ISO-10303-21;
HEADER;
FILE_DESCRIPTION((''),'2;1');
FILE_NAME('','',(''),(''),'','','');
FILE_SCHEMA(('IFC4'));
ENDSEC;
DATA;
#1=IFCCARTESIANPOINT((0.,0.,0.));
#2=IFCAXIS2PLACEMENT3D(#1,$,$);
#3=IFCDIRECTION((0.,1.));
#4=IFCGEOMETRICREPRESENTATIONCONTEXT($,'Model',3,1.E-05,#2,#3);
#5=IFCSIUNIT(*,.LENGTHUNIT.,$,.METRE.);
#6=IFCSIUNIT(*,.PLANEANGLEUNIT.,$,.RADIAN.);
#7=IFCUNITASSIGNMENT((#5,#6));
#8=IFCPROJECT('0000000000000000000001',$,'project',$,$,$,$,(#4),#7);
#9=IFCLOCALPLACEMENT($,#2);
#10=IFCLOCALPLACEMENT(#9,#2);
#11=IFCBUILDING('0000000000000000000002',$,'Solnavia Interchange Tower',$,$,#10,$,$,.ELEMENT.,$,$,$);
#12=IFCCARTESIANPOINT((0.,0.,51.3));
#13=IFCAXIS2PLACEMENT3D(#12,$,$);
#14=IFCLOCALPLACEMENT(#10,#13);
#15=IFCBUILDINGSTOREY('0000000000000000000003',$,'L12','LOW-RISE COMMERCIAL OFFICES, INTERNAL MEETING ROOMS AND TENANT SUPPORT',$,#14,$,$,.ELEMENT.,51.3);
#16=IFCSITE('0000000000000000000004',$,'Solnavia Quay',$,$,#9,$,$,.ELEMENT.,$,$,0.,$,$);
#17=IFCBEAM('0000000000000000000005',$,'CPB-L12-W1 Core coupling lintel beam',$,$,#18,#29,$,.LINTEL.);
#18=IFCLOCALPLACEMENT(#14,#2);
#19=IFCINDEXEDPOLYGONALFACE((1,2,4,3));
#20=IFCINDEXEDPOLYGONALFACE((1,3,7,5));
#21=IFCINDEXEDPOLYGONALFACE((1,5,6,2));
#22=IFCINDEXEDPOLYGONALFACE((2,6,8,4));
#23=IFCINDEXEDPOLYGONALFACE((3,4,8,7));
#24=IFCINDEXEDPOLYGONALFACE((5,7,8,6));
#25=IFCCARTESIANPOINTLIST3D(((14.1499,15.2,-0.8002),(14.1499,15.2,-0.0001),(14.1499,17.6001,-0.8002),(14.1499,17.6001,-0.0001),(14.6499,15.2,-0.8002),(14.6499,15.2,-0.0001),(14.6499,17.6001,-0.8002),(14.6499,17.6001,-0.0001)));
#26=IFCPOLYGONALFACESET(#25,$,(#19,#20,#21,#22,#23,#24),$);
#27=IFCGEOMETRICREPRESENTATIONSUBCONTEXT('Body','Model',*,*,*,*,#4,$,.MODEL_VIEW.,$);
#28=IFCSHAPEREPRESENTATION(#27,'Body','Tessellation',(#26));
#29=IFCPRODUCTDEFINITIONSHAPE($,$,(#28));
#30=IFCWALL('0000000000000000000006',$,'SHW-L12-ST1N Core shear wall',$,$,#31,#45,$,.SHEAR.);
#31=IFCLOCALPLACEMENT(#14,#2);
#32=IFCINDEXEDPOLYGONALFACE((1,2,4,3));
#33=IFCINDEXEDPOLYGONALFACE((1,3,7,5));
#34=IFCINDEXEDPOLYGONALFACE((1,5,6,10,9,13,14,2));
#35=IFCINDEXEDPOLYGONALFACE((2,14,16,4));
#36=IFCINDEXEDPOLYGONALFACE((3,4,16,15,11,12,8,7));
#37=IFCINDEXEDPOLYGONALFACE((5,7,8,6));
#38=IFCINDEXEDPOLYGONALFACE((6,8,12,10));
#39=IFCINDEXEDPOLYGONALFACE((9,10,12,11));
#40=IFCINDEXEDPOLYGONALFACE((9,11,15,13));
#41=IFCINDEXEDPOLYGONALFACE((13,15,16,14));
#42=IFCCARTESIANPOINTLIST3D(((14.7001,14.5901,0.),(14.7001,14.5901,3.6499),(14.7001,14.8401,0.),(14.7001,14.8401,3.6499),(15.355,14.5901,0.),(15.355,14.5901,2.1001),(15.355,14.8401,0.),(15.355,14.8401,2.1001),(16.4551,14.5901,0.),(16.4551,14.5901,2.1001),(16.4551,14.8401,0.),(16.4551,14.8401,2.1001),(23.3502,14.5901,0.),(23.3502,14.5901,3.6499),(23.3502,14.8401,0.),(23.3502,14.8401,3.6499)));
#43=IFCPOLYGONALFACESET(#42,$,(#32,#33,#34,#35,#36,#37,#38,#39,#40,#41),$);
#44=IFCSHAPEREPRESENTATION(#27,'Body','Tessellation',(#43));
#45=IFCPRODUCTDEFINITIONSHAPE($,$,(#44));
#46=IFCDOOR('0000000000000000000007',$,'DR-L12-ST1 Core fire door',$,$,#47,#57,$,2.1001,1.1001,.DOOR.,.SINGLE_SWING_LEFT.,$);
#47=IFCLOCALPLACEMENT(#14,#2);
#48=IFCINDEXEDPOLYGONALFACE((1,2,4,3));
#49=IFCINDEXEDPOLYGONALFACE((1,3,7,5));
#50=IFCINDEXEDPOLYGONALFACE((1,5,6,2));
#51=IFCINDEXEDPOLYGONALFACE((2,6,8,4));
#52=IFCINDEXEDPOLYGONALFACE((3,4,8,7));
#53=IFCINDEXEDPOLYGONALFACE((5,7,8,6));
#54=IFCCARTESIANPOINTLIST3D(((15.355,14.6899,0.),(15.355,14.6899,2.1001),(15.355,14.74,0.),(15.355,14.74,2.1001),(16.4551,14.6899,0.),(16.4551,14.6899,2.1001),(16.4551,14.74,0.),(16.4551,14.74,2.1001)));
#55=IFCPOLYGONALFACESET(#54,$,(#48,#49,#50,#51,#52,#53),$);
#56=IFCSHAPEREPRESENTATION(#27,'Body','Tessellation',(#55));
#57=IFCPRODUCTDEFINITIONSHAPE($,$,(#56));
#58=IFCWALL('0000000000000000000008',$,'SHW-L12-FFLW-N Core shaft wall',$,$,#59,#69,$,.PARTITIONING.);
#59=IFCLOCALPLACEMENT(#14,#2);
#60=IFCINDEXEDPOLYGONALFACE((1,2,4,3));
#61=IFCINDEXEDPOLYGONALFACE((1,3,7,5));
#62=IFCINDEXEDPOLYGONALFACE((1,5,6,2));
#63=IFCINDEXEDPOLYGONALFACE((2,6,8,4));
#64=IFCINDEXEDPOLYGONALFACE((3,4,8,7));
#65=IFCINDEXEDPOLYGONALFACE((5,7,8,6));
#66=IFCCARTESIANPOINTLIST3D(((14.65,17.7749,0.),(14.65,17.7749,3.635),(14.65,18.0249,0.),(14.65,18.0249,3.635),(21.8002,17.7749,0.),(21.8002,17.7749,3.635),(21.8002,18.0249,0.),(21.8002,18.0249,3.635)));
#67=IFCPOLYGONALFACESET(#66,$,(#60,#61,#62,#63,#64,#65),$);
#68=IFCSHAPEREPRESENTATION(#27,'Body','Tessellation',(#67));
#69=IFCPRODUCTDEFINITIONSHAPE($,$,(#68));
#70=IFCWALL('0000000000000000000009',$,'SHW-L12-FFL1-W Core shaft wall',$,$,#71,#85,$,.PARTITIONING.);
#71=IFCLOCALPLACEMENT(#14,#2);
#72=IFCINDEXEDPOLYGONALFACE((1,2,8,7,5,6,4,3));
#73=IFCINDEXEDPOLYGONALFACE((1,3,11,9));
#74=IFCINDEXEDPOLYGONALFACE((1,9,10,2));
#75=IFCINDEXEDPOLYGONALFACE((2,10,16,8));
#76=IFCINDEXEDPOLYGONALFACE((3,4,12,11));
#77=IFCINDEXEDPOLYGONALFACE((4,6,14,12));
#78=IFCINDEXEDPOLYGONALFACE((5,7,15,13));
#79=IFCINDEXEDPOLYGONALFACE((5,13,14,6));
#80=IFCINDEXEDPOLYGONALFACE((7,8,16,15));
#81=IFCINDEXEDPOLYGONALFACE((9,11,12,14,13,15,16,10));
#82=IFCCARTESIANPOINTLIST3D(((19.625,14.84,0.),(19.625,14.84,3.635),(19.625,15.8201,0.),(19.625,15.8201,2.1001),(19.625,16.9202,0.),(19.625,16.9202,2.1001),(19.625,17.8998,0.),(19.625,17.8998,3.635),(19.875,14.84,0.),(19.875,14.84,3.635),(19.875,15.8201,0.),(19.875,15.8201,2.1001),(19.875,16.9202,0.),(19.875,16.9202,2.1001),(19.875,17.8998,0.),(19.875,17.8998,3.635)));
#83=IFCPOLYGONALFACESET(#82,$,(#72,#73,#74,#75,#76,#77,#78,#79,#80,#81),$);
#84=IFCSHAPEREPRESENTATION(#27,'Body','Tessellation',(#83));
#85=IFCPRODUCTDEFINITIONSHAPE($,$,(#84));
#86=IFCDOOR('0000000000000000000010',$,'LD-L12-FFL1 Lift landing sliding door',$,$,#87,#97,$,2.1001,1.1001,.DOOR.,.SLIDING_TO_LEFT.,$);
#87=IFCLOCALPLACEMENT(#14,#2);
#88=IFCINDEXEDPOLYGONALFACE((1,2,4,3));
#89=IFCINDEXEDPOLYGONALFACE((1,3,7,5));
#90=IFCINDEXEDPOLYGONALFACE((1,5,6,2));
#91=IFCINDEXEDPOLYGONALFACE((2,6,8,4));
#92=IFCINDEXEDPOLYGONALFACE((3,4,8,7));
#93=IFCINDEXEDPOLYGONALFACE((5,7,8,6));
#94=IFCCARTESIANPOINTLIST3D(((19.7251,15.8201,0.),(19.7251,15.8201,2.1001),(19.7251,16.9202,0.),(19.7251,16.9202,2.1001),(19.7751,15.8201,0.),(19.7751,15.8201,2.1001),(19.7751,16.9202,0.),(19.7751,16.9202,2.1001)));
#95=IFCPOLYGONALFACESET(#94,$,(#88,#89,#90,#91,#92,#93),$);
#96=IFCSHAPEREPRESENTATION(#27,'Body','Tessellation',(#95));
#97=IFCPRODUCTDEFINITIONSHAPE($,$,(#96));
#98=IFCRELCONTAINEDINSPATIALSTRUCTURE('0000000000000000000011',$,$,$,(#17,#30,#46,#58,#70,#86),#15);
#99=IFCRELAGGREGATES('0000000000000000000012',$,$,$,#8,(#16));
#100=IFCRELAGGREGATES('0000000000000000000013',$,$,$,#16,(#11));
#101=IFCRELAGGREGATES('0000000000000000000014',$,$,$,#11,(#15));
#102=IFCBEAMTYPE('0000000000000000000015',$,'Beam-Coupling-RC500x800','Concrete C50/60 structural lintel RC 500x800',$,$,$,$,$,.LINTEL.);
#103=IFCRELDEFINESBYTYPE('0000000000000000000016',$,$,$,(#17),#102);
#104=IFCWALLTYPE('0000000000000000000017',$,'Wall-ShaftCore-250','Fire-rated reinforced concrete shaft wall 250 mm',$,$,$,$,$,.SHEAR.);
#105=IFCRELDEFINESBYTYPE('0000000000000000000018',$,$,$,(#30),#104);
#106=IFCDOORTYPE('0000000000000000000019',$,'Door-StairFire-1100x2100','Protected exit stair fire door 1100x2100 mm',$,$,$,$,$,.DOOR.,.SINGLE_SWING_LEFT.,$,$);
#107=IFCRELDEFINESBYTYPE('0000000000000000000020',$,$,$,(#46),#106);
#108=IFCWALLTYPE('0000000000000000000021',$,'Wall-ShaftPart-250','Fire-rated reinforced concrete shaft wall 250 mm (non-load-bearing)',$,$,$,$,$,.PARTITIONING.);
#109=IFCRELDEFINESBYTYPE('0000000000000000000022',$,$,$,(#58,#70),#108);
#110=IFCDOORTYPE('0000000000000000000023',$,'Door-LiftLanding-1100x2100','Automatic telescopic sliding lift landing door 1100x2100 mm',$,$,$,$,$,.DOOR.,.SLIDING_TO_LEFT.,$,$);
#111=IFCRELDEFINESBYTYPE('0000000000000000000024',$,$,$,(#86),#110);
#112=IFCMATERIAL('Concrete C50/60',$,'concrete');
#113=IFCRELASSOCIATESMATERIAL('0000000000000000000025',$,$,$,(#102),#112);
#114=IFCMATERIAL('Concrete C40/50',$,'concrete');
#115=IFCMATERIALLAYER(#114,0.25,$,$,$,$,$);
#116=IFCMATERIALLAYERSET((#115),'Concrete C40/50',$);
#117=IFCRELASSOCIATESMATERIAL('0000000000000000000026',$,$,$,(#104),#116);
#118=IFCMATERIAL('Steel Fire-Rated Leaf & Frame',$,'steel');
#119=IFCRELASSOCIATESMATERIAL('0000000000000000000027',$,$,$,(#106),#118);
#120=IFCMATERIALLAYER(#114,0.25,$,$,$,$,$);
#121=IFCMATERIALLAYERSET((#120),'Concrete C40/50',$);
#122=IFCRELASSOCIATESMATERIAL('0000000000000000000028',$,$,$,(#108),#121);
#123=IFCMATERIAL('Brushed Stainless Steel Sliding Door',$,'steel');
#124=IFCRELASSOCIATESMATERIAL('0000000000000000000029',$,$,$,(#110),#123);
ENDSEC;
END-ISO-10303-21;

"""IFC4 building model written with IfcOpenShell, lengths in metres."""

from ifc_helpers import new_model, si_unit, direction, frame, frame_2d, origin, origin_2d, place, context, subcontext, project, spatial, rectangle, extrude, material, layer, layer_set, material_profile, profile_set, type_object, element, fill, save


model = new_model("IFC4")

# Units and contexts
model_context = context("Model", 3, precision=1e-05, world=origin(), true_north=direction((0.0, 1.0)))
body_context = subcontext(model_context, "Body", "Model", "MODEL_VIEW")
ifc_project = project(units=[si_unit("LENGTHUNIT", "METRE"), si_unit("PLANEANGLEUNIT", "RADIAN")], contexts=[model_context])

# Site, building, storey
site_placement = place(None, origin())
site = spatial("IfcSite", under=ifc_project, at=site_placement, Name="Solnavia Quay", CompositionType="ELEMENT", RefElevation=0.0)
building_placement = place(site_placement, origin())
building = spatial("IfcBuilding", under=site, at=building_placement, Name="Solnavia Interchange Tower", CompositionType="ELEMENT")
storey_placement = place(building_placement, frame((0.0, 0.0, 51.3)))
storey = spatial("IfcBuildingStorey", under=building, at=storey_placement, Name="L12", Description="LOW-RISE COMMERCIAL OFFICES, INTERNAL MEETING ROOMS AND TENANT SUPPORT", CompositionType="ELEMENT", Elevation=51.3)

# Beam
ifc_material_1 = material(Name="Concrete C50/60", Category="concrete")
ifc_material_profile = material_profile(ifc_material_1, rectangle(XDim=0.5, YDim=0.8, at=origin_2d()), Name="RC 500x800")
ifc_profile_set = profile_set([ifc_material_profile], Name="Concrete C50/60")
beam_type = type_object("IfcBeamType", Name="Beam-Coupling-RC500x800", Description="Concrete C50/60 structural lintel RC 500x800", PredefinedType="LINTEL", material=ifc_profile_set)
beam_placement = place(storey_placement, frame((14.3999, 15.2, -0.4001), z_axis=(0.0, 1.0, 0.0), x_axis=(-1.0, 0.0, 0.0)))
element("IfcBeam", 1, at=beam_placement, inside=storey, type_object=beam_type, Name="CPB-L12-W1 Core coupling lintel beam", PredefinedType="LINTEL", context=body_context, shape_type="SweptSolid", body=[
    extrude(rectangle(XDim=0.5, YDim=0.8, at=origin_2d()), origin(), (0.0, 0.0, 1.0), 2.4001),
])

# Wall, opening, door
ifc_material_2 = material(Name="Concrete C40/50", Category="concrete")
ifc_layer_1 = layer(ifc_material_2, 0.25)
ifc_layer_set_1 = layer_set([ifc_layer_1], Name="Concrete C40/50")
wall_type_1 = type_object("IfcWallType", Name="Wall-ShaftCore-250", Description="Fire-rated reinforced concrete shaft wall 250 mm", PredefinedType="SHEAR", material=ifc_layer_set_1)
wall_1_placement = place(storey_placement, frame((14.7, 14.7151, 0.0), z_axis=(0.0, 0.0, 1.0), x_axis=(1.0, 0.0, 0.0)))
wall_1 = element("IfcWall", 2, at=wall_1_placement, inside=storey, type_object=wall_type_1, Name="SHW-L12-ST1N Core shear wall", PredefinedType="SHEAR", context=body_context, shape_type="SweptSolid", body=[
    extrude(rectangle(XDim=8.6501, YDim=0.25, at=frame_2d((4.3252, 0.0))), origin(), (0.0, 0.0, 1.0), 3.6499),
])
opening_1_placement = place(wall_1_placement, frame((0.655, 0.0, 0.0)))
opening_1 = element("IfcOpeningElement", 3, at=opening_1_placement, cuts=wall_1, PredefinedType="OPENING", context=body_context, shape_type="SweptSolid", body=[
    extrude(rectangle(XDim=1.1001, YDim=2.1001, at=frame_2d((0.55, 1.05))), frame((0.0, 0.135, 0.0), z_axis=(0.0, -1.0, 0.0), x_axis=(1.0, 0.0, 0.0)), (0.0, 0.0, 1.0), 0.27),
])
ifc_material_3 = material(Name="Steel Fire-Rated Leaf & Frame", Category="steel")
door_type_1 = type_object("IfcDoorType", Name="Door-StairFire-1100x2100", Description="Protected exit stair fire door 1100x2100 mm", OperationType="SINGLE_SWING_LEFT", PredefinedType="DOOR", material=ifc_material_3)
door_1_placement = place(opening_1_placement, origin())
door_1 = element("IfcDoor", 4, at=door_1_placement, inside=storey, type_object=door_type_1, Name="DR-L12-ST1 Core fire door", OperationType="SINGLE_SWING_LEFT", OverallHeight=2.1001, OverallWidth=1.1001, PredefinedType="DOOR", context=body_context, shape_type="SweptSolid", body=[
    extrude(rectangle(XDim=1.1001, YDim=2.1001, at=frame_2d((0.55, 1.05))), frame((0.0, 0.0249, 0.0), z_axis=(0.0, -1.0, 0.0), x_axis=(1.0, 0.0, 0.0)), (0.0, 0.0, 1.0), 0.05),
])
fill(opening_1, door_1)

# Wall
ifc_layer_2 = layer(ifc_material_2, 0.25)
ifc_layer_set_2 = layer_set([ifc_layer_2], Name="Concrete C40/50")
wall_type_2 = type_object("IfcWallType", Name="Wall-ShaftPart-250", Description="Fire-rated reinforced concrete shaft wall 250 mm (non-load-bearing)", PredefinedType="PARTITIONING", material=ifc_layer_set_2)
wall_2_placement = place(storey_placement, frame((14.6499, 17.8999, 0.0), z_axis=(0.0, 0.0, 1.0), x_axis=(1.0, 0.0, 0.0)))
element("IfcWall", 5, at=wall_2_placement, inside=storey, type_object=wall_type_2, Name="SHW-L12-FFLW-N Core shaft wall", PredefinedType="PARTITIONING", context=body_context, shape_type="SweptSolid", body=[
    extrude(rectangle(XDim=7.1501, YDim=0.25, at=frame_2d((3.5752, 0.0))), origin(), (0.0, 0.0, 1.0), 3.635),
])

# Wall, opening, door
wall_3_placement = place(storey_placement, frame((19.75, 14.8401, 0.0), z_axis=(0.0, 0.0, 1.0), x_axis=(0.0, 1.0, 0.0)))
wall_3 = element("IfcWall", 6, at=wall_3_placement, inside=storey, type_object=wall_type_2, Name="SHW-L12-FFL1-W Core shaft wall", PredefinedType="PARTITIONING", context=body_context, shape_type="SweptSolid", body=[
    extrude(rectangle(XDim=3.0598, YDim=0.25, at=frame_2d((1.5298, 0.0))), origin(), (0.0, 0.0, 1.0), 3.635),
])
opening_2_placement = place(wall_3_placement, frame((0.98, 0.0, 0.0)))
opening_2 = element("IfcOpeningElement", 7, at=opening_2_placement, cuts=wall_3, PredefinedType="OPENING", context=body_context, shape_type="SweptSolid", body=[
    extrude(rectangle(XDim=1.1001, YDim=2.1001, at=frame_2d((0.55, 1.05))), frame((0.0, 0.135, 0.0), z_axis=(0.0, -1.0, 0.0), x_axis=(1.0, 0.0, 0.0)), (0.0, 0.0, 1.0), 0.27),
])
ifc_material_4 = material(Name="Brushed Stainless Steel Sliding Door", Category="steel")
door_type_2 = type_object("IfcDoorType", Name="Door-LiftLanding-1100x2100", Description="Automatic telescopic sliding lift landing door 1100x2100 mm", OperationType="SLIDING_TO_LEFT", PredefinedType="DOOR", material=ifc_material_4)
door_2_placement = place(opening_2_placement, origin())
door_2 = element("IfcDoor", 8, at=door_2_placement, inside=storey, type_object=door_type_2, Name="LD-L12-FFL1 Lift landing sliding door", OperationType="SLIDING_TO_LEFT", OverallHeight=2.1001, OverallWidth=1.1001, PredefinedType="DOOR", context=body_context, shape_type="SweptSolid", body=[
    extrude(rectangle(XDim=1.1001, YDim=2.1001, at=frame_2d((0.55, 1.05))), frame((0.0, 0.0249, 0.0), z_axis=(0.0, -1.0, 0.0), x_axis=(1.0, 0.0, 0.0)), (0.0, 0.0, 1.0), 0.05),
])
fill(opening_2, door_2)

save(model, "model.ifc")
